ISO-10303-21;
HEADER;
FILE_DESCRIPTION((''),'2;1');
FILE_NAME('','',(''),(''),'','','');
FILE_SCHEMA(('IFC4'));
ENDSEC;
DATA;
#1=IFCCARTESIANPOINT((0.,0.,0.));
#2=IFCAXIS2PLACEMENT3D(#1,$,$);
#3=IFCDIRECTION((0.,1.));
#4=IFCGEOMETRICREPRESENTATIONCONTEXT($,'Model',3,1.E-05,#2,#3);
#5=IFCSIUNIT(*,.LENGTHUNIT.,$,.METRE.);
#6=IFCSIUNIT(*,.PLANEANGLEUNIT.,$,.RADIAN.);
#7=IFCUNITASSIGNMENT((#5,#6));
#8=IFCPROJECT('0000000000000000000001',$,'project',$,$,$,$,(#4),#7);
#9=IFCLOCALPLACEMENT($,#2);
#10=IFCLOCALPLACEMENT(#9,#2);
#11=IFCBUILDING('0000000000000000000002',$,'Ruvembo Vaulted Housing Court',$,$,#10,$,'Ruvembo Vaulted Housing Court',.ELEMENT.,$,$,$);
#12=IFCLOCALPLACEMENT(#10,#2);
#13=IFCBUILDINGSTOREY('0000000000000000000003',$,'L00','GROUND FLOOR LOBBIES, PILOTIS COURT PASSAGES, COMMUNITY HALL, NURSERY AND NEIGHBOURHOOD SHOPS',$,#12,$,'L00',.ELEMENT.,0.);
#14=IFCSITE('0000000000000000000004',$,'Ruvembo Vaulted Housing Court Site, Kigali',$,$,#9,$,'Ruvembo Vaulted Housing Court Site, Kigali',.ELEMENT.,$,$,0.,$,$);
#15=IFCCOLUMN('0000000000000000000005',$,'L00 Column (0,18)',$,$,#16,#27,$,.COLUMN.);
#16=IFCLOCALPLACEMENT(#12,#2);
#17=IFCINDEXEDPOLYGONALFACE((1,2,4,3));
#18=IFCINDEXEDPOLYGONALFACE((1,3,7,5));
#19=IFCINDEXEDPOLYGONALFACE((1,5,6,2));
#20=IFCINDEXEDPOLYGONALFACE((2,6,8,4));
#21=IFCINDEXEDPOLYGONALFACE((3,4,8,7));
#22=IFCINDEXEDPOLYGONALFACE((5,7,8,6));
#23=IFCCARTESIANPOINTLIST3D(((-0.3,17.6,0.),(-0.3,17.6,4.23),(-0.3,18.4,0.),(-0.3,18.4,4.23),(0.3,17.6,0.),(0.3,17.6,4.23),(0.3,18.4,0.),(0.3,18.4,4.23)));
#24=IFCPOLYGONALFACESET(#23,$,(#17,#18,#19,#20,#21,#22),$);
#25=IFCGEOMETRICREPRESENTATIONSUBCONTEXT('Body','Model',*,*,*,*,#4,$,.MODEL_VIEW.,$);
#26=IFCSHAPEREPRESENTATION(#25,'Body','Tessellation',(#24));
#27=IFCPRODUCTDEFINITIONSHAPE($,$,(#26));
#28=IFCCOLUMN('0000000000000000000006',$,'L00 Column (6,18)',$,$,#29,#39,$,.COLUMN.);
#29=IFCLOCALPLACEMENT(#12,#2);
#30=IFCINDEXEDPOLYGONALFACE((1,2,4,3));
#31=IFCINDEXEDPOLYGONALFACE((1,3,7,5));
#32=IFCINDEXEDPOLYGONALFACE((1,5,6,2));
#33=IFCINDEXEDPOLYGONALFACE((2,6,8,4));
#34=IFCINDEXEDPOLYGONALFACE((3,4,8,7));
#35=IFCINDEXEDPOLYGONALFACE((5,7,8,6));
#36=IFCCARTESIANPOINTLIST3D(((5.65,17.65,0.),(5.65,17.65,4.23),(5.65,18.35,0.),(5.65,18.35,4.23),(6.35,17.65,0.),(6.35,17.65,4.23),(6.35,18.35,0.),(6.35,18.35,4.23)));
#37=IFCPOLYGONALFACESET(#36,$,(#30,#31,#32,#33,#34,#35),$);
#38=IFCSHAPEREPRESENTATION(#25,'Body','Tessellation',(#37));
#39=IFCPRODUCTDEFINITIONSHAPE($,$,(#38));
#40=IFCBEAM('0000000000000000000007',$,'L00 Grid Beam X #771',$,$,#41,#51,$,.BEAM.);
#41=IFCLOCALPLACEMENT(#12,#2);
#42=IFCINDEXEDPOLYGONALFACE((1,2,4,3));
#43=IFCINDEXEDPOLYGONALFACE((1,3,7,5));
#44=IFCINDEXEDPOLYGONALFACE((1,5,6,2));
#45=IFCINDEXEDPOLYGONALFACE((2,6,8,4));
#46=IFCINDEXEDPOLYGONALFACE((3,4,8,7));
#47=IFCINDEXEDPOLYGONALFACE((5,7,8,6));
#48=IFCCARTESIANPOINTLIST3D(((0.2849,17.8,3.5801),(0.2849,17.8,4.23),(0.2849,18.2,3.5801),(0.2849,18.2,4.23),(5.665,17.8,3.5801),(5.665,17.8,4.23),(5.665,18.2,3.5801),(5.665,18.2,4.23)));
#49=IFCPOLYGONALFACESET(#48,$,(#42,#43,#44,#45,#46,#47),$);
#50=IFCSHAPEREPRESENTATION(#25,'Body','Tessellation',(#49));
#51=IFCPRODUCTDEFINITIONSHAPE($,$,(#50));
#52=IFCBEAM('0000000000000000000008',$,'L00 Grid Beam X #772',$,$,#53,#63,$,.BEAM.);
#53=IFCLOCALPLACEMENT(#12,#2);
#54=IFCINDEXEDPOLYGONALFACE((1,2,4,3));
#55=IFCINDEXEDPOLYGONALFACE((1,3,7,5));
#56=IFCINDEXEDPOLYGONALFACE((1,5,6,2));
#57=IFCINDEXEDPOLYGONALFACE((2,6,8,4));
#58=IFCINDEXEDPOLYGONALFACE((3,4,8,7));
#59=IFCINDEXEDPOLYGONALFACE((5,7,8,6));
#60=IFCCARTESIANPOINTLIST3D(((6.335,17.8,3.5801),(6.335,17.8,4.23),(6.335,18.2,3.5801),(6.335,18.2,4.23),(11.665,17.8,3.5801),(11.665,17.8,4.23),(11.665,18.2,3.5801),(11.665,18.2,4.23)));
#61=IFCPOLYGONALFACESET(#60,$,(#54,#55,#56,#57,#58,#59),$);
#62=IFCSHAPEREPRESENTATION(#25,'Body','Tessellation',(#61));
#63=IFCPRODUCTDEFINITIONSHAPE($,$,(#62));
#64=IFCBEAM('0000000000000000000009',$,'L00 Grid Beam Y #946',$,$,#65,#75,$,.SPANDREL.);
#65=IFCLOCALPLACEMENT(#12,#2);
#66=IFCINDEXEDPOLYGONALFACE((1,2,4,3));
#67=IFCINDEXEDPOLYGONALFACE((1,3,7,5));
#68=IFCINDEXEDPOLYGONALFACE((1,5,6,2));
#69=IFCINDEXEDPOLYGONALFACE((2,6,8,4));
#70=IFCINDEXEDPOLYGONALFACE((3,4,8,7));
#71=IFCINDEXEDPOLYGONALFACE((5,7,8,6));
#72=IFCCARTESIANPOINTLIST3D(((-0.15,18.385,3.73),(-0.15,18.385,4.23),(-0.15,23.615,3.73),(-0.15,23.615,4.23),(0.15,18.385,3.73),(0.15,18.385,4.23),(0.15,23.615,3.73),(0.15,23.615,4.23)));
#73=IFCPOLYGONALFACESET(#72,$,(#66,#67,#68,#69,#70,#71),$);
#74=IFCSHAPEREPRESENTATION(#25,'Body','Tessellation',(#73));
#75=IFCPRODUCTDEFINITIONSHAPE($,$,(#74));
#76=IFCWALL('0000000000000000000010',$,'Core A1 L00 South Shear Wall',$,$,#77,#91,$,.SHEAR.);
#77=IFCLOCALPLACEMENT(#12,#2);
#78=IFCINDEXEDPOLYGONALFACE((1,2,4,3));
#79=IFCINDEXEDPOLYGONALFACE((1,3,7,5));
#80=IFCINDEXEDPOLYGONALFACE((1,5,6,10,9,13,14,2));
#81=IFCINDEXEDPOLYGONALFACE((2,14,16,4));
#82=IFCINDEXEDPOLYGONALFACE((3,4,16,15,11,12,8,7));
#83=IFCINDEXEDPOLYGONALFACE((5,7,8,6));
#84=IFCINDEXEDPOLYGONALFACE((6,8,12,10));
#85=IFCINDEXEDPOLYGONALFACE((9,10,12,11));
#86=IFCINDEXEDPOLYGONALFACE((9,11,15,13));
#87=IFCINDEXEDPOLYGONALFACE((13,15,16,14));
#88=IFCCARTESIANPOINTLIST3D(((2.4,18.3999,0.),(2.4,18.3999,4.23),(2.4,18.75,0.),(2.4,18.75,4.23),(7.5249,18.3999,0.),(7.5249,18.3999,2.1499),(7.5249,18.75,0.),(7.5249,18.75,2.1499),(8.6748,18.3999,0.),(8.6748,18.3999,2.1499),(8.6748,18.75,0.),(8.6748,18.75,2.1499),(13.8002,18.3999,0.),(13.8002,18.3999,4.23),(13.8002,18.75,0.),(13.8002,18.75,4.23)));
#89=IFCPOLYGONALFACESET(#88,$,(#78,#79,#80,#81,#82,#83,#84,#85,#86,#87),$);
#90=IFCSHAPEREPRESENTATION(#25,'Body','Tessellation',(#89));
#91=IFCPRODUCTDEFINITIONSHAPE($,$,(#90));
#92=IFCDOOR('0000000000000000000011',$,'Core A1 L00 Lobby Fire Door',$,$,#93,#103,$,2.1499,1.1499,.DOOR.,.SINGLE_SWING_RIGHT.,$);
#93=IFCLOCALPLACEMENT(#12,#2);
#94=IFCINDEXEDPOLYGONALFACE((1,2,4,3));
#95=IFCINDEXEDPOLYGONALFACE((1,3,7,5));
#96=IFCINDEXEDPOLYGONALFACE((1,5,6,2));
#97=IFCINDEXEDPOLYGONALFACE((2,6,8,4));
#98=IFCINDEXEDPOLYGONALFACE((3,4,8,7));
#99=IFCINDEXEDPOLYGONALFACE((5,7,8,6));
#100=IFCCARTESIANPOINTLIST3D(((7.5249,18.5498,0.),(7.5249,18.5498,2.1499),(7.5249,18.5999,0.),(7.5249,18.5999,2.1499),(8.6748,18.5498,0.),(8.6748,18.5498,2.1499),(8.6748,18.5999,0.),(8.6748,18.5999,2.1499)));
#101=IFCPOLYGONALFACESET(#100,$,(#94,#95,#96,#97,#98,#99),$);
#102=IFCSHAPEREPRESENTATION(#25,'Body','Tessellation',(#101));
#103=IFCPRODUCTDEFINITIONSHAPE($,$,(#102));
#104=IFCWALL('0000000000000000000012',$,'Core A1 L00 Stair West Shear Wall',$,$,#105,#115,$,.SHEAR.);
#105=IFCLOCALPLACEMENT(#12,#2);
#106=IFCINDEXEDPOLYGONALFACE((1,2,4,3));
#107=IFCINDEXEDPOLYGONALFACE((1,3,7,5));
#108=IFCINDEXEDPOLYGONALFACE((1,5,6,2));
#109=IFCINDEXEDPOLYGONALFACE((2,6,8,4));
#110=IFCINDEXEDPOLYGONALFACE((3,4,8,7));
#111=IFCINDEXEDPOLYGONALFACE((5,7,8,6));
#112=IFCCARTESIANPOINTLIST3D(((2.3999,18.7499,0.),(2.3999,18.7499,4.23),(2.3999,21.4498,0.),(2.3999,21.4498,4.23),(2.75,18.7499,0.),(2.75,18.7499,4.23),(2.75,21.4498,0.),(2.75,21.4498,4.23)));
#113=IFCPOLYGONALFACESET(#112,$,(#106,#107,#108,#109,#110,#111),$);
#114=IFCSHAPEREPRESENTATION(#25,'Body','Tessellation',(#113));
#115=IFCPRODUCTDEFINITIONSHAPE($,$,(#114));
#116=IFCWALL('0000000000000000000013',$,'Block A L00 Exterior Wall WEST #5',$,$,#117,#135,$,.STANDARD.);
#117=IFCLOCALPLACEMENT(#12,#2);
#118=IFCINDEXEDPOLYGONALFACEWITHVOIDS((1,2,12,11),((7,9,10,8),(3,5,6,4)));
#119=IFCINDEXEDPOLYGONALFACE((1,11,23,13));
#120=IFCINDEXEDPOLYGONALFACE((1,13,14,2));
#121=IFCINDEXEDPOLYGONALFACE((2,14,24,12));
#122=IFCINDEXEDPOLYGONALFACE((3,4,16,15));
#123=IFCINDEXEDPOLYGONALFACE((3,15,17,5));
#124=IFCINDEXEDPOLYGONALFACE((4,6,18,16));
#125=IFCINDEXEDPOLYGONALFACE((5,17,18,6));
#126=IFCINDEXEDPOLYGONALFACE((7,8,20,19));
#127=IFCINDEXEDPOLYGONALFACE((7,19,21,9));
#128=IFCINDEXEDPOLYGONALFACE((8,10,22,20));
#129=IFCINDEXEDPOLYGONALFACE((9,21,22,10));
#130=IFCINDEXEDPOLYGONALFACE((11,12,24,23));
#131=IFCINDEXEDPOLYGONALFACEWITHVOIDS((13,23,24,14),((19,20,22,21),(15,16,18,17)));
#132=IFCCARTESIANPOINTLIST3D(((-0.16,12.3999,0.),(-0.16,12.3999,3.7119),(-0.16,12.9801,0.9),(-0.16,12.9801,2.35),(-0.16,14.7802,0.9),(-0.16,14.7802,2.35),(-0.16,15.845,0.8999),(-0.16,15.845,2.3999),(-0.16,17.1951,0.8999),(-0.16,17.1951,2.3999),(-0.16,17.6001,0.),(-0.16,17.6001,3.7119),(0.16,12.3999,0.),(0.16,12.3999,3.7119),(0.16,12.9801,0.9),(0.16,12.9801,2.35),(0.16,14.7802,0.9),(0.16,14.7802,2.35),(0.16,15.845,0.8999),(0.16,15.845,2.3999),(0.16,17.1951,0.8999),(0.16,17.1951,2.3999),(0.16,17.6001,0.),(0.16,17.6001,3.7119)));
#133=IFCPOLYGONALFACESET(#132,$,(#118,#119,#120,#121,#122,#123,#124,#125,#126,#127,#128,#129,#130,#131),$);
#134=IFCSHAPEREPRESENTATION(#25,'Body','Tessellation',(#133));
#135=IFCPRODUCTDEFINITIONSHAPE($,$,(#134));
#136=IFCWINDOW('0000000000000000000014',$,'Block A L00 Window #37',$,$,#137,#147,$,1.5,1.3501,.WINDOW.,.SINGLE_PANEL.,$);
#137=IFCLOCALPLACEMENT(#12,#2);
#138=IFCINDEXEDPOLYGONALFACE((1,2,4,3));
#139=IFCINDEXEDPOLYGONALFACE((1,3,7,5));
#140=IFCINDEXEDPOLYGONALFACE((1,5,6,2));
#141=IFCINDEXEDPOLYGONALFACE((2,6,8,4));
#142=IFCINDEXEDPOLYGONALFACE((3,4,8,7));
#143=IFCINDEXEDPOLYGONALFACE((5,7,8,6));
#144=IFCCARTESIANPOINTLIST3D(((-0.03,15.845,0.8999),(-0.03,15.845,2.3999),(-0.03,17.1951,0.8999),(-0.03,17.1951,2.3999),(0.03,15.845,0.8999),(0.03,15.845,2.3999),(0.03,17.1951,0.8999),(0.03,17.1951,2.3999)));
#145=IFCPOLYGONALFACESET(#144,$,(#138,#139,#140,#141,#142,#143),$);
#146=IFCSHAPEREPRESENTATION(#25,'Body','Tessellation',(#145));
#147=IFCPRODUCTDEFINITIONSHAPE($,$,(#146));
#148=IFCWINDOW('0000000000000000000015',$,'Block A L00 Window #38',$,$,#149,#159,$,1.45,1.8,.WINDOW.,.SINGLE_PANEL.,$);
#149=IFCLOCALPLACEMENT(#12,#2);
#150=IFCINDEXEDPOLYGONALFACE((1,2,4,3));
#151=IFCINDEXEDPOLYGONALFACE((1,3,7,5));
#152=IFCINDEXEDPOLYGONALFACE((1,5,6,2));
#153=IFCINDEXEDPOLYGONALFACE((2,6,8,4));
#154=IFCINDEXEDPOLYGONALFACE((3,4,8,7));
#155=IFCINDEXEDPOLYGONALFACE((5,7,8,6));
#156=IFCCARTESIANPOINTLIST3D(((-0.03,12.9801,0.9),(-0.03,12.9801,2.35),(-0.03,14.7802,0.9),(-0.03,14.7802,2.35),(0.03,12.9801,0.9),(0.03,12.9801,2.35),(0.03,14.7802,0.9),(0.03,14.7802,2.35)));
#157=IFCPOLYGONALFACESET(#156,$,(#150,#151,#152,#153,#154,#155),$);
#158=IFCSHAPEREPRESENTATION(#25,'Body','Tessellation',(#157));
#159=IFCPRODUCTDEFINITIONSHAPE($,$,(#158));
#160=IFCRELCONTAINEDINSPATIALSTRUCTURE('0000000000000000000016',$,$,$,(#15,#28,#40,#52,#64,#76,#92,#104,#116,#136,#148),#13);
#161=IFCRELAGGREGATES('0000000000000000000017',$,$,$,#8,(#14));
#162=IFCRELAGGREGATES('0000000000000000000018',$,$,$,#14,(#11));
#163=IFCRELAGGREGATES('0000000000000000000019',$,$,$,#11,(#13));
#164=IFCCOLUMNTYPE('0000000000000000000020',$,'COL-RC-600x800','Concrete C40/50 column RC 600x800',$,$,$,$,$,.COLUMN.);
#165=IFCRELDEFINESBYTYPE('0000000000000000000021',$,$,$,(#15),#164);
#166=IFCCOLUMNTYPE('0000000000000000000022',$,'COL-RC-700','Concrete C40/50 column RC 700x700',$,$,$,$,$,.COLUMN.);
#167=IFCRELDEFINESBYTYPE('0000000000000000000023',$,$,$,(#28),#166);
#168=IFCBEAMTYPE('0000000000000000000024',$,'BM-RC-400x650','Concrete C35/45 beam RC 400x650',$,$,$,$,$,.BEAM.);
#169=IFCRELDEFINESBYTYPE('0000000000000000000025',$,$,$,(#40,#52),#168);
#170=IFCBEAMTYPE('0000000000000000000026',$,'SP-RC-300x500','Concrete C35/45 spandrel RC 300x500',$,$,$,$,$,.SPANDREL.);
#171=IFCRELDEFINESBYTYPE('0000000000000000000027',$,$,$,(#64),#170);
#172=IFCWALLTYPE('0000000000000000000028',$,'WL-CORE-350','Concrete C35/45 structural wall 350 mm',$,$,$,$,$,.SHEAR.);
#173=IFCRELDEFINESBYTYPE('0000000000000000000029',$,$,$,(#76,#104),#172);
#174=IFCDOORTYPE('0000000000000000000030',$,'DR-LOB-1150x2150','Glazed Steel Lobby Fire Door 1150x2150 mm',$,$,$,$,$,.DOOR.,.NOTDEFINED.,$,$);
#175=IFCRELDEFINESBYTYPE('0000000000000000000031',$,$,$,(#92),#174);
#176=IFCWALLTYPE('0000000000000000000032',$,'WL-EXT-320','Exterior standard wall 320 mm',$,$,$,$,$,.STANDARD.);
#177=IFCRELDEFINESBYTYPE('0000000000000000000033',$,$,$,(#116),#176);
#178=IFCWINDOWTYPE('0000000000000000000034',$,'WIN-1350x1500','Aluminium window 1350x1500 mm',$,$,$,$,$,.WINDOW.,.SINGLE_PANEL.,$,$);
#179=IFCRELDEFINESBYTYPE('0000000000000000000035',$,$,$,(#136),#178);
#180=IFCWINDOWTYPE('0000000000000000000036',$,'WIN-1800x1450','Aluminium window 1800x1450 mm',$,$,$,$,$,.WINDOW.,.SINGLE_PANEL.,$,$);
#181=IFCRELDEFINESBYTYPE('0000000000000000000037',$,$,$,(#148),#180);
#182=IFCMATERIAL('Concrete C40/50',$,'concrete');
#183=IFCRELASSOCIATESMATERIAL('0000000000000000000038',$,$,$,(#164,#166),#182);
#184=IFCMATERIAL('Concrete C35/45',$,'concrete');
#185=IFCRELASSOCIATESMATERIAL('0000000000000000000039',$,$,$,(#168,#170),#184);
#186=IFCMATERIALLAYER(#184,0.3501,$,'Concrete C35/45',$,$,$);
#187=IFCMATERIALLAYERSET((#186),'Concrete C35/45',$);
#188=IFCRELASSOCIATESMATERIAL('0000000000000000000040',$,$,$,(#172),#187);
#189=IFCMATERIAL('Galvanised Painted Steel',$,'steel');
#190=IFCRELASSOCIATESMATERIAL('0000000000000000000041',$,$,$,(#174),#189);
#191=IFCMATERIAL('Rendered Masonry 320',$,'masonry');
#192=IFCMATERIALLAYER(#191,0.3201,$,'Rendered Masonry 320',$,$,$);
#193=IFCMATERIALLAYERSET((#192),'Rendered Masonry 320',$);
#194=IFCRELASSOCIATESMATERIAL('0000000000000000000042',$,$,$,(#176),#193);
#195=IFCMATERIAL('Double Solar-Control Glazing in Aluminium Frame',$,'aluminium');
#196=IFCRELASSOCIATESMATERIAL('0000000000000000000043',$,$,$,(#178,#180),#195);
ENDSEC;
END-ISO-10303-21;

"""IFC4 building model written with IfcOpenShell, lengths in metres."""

from ifc_helpers import new_model, si_unit, direction, frame, frame_2d, origin, origin_2d, place, context, subcontext, project, spatial, rectangle, extrude, material, layer, layer_set, material_profile, profile_set, type_object, element, fill, save


model = new_model("IFC4")

# Units and contexts
model_context = context("Model", 3, precision=1e-05, world=origin(), true_north=direction((0.0, 1.0)))
body_context = subcontext(model_context, "Body", "Model", "MODEL_VIEW")
ifc_project = project(units=[si_unit("LENGTHUNIT", "METRE"), si_unit("PLANEANGLEUNIT", "RADIAN")], contexts=[model_context])

# Site, building, storey
site_placement = place(None, origin())
site = spatial("IfcSite", under=ifc_project, at=site_placement, Name="Ruvembo Vaulted Housing Court Site, Kigali", LongName="Ruvembo Vaulted Housing Court Site, Kigali", CompositionType="ELEMENT", RefElevation=0.0)
building_placement = place(site_placement, origin())
building = spatial("IfcBuilding", under=site, at=building_placement, Name="Ruvembo Vaulted Housing Court", LongName="Ruvembo Vaulted Housing Court", CompositionType="ELEMENT")
storey_placement = place(building_placement, origin())
storey = spatial("IfcBuildingStorey", under=building, at=storey_placement, Name="L00", Description="GROUND FLOOR LOBBIES, PILOTIS COURT PASSAGES, COMMUNITY HALL, NURSERY AND NEIGHBOURHOOD SHOPS", LongName="L00", CompositionType="ELEMENT", Elevation=0.0)

# Columns
ifc_material_1 = material(Name="Concrete C40/50", Category="concrete")
ifc_material_profile_1 = material_profile(ifc_material_1, rectangle(XDim=0.6001, YDim=0.8, at=origin_2d()), Name="RC 600x800")
ifc_profile_set_1 = profile_set([ifc_material_profile_1], Name="Concrete C40/50")
column_type_1 = type_object("IfcColumnType", Name="COL-RC-600x800", Description="Concrete C40/50 column RC 600x800", PredefinedType="COLUMN", material=ifc_profile_set_1)
column_1_placement = place(storey_placement, frame((0.0, 18.0, 0.0), z_axis=(0.0, 0.0, 1.0), x_axis=(1.0, 0.0, 0.0)))
element("IfcColumn", 1, at=column_1_placement, inside=storey, type_object=column_type_1, Name="L00 Column (0,18)", PredefinedType="COLUMN", context=body_context, shape_type="SweptSolid", body=[
    extrude(rectangle(XDim=0.6001, YDim=0.8, at=origin_2d()), origin(), (0.0, 0.0, 1.0), 4.23),
])
ifc_material_profile_2 = material_profile(ifc_material_1, rectangle(XDim=0.7, YDim=0.7, at=origin_2d()), Name="RC 700x700")
ifc_profile_set_2 = profile_set([ifc_material_profile_2], Name="Concrete C40/50")
column_type_2 = type_object("IfcColumnType", Name="COL-RC-700", Description="Concrete C40/50 column RC 700x700", PredefinedType="COLUMN", material=ifc_profile_set_2)
column_2_placement = place(storey_placement, frame((6.0, 18.0, 0.0), z_axis=(0.0, 0.0, 1.0), x_axis=(1.0, 0.0, 0.0)))
element("IfcColumn", 2, at=column_2_placement, inside=storey, type_object=column_type_2, Name="L00 Column (6,18)", PredefinedType="COLUMN", context=body_context, shape_type="SweptSolid", body=[
    extrude(rectangle(XDim=0.7, YDim=0.7, at=origin_2d()), origin(), (0.0, 0.0, 1.0), 4.23),
])

# Beams
ifc_material_2 = material(Name="Concrete C35/45", Category="concrete")
ifc_material_profile_3 = material_profile(ifc_material_2, rectangle(XDim=0.3999, YDim=0.6499, at=origin_2d()), Name="RC 400x650")
ifc_profile_set_3 = profile_set([ifc_material_profile_3], Name="Concrete C35/45")
beam_type_1 = type_object("IfcBeamType", Name="BM-RC-400x650", Description="Concrete C35/45 beam RC 400x650", PredefinedType="BEAM", material=ifc_profile_set_3)
beam_1_placement = place(storey_placement, frame((0.2849, 18.0, 3.905), z_axis=(1.0, 0.0, 0.0), x_axis=(0.0, 1.0, 0.0)))
element("IfcBeam", 3, at=beam_1_placement, inside=storey, type_object=beam_type_1, Name="L00 Grid Beam X #771", PredefinedType="BEAM", context=body_context, shape_type="SweptSolid", body=[
    extrude(rectangle(XDim=0.3999, YDim=0.6499, at=origin_2d()), origin(), (0.0, 0.0, 1.0), 5.3801),
])
beam_2_placement = place(storey_placement, frame((6.335, 18.0, 3.905), z_axis=(1.0, 0.0, 0.0), x_axis=(0.0, 1.0, 0.0)))
element("IfcBeam", 4, at=beam_2_placement, inside=storey, type_object=beam_type_1, Name="L00 Grid Beam X #772", PredefinedType="BEAM", context=body_context, shape_type="SweptSolid", body=[
    extrude(rectangle(XDim=0.3999, YDim=0.6499, at=origin_2d()), origin(), (0.0, 0.0, 1.0), 5.3301),
])
ifc_material_profile_4 = material_profile(ifc_material_2, rectangle(XDim=0.3, YDim=0.5, at=origin_2d()), Name="RC 300x500")
ifc_profile_set_4 = profile_set([ifc_material_profile_4], Name="Concrete C35/45")
beam_type_2 = type_object("IfcBeamType", Name="SP-RC-300x500", Description="Concrete C35/45 spandrel RC 300x500", PredefinedType="SPANDREL", material=ifc_profile_set_4)
beam_3_placement = place(storey_placement, frame((0.0, 18.385, 3.98), z_axis=(0.0, 1.0, 0.0), x_axis=(-1.0, 0.0, 0.0)))
element("IfcBeam", 5, at=beam_3_placement, inside=storey, type_object=beam_type_2, Name="L00 Grid Beam Y #946", PredefinedType="SPANDREL", context=body_context, shape_type="SweptSolid", body=[
    extrude(rectangle(XDim=0.3, YDim=0.5, at=origin_2d()), origin(), (0.0, 0.0, 1.0), 5.23),
])

# Wall, opening, door
ifc_material_3 = material(Name="Galvanised Painted Steel", Category="steel")
ifc_layer_1 = layer(ifc_material_2, 0.3501, Name="Concrete C35/45")
ifc_layer_set_1 = layer_set([ifc_layer_1], Name="Concrete C35/45")
wall_type_1 = type_object("IfcWallType", Name="WL-CORE-350", Description="Concrete C35/45 structural wall 350 mm", PredefinedType="SHEAR", material=ifc_layer_set_1)
wall_1_placement = place(storey_placement, frame((2.3999, 18.575, 0.0), z_axis=(0.0, 0.0, 1.0), x_axis=(1.0, 0.0, 0.0)))
wall_1 = element("IfcWall", 6, at=wall_1_placement, inside=storey, type_object=wall_type_1, Name="Core A1 L00 South Shear Wall", PredefinedType="SHEAR", context=body_context, shape_type="SweptSolid", body=[
    extrude(rectangle(XDim=11.4001, YDim=0.3501, at=frame_2d((5.7002, 0.0))), origin(), (0.0, 0.0, 1.0), 4.23),
])
opening_1_placement = place(wall_1_placement, frame((5.125, 0.0, 0.0)))
opening_1 = element("IfcOpeningElement", 7, at=opening_1_placement, cuts=wall_1, PredefinedType="OPENING", context=body_context, shape_type="SweptSolid", body=[
    extrude(rectangle(XDim=1.1499, YDim=2.1499, at=frame_2d((0.575, 1.075))), frame((0.0, 0.1851, 0.0), z_axis=(0.0, -1.0, 0.0), x_axis=(1.0, 0.0, 0.0)), (0.0, 0.0, 1.0), 0.3701),
])
door_type_1 = type_object("IfcDoorType", Name="DR-LOB-1150x2150", Description="Glazed Steel Lobby Fire Door 1150x2150 mm", OperationType="NOTDEFINED", PredefinedType="DOOR", material=ifc_material_3)
door_1_placement = place(opening_1_placement, origin())
door_1 = element("IfcDoor", 8, at=door_1_placement, inside=storey, type_object=door_type_1, Name="Core A1 L00 Lobby Fire Door", OperationType="SINGLE_SWING_RIGHT", OverallHeight=2.1499, OverallWidth=1.1499, PredefinedType="DOOR", context=body_context, shape_type="SweptSolid", body=[
    extrude(rectangle(XDim=1.1499, YDim=2.1499, at=frame_2d((0.575, 1.075))), frame((0.0, 0.0249, 0.0), z_axis=(0.0, -1.0, 0.0), x_axis=(1.0, 0.0, 0.0)), (0.0, 0.0, 1.0), 0.05),
])
fill(opening_1, door_1)

# Wall
wall_2_placement = place(storey_placement, frame((2.575, 21.45, 0.0), z_axis=(0.0, 0.0, 1.0), x_axis=(0.0, -1.0, 0.0)))
element("IfcWall", 9, at=wall_2_placement, inside=storey, type_object=wall_type_1, Name="Core A1 L00 Stair West Shear Wall", PredefinedType="SHEAR", context=body_context, shape_type="SweptSolid", body=[
    extrude(rectangle(XDim=2.7, YDim=0.3501, at=frame_2d((1.3501, 0.0))), origin(), (0.0, 0.0, 1.0), 4.23),
])

# Wall, openings, windows
ifc_material_4 = material(Name="Rendered Masonry 320", Category="masonry")
ifc_layer_2 = layer(ifc_material_4, 0.3201, Name="Rendered Masonry 320")
ifc_layer_set_2 = layer_set([ifc_layer_2], Name="Rendered Masonry 320")
wall_type_2 = type_object("IfcWallType", Name="WL-EXT-320", Description="Exterior standard wall 320 mm", PredefinedType="STANDARD", material=ifc_layer_set_2)
wall_3_placement = place(storey_placement, frame((0.0, 17.6001, 0.0), z_axis=(0.0, 0.0, 1.0), x_axis=(0.0, -1.0, 0.0)))
wall_3 = element("IfcWall", 10, at=wall_3_placement, inside=storey, type_object=wall_type_2, Name="Block A L00 Exterior Wall WEST #5", PredefinedType="STANDARD", context=body_context, shape_type="SweptSolid", body=[
    extrude(rectangle(XDim=5.2002, YDim=0.3201, at=frame_2d((2.6001, 0.0))), origin(), (0.0, 0.0, 1.0), 3.7119),
])
opening_2_placement = place(wall_3_placement, frame((0.405, 0.0, 0.8999)))
opening_2 = element("IfcOpeningElement", 11, at=opening_2_placement, cuts=wall_3, PredefinedType="OPENING", context=body_context, shape_type="SweptSolid", body=[
    extrude(rectangle(XDim=1.3501, YDim=1.5, at=frame_2d((0.675, 0.75))), frame((0.0, 0.1699, 0.0), z_axis=(0.0, -1.0, 0.0), x_axis=(1.0, 0.0, 0.0)), (0.0, 0.0, 1.0), 0.3401),
])
opening_3_placement = place(wall_3_placement, frame((2.8201, 0.0, 0.8999)))
opening_3 = element("IfcOpeningElement", 12, at=opening_3_placement, cuts=wall_3, PredefinedType="OPENING", context=body_context, shape_type="SweptSolid", body=[
    extrude(rectangle(XDim=1.8, YDim=1.45, at=frame_2d((0.8999, 0.7251))), frame((0.0, 0.1699, 0.0), z_axis=(0.0, -1.0, 0.0), x_axis=(1.0, 0.0, 0.0)), (0.0, 0.0, 1.0), 0.3401),
])
ifc_material_5 = material(Name="Double Solar-Control Glazing in Aluminium Frame", Category="aluminium")
window_type_1 = type_object("IfcWindowType", Name="WIN-1350x1500", Description="Aluminium window 1350x1500 mm", PartitioningType="SINGLE_PANEL", PredefinedType="WINDOW", material=ifc_material_5)
window_1_placement = place(opening_2_placement, origin())
window_1 = element("IfcWindow", 13, at=window_1_placement, inside=storey, type_object=window_type_1, Name="Block A L00 Window #37", OverallHeight=1.5, OverallWidth=1.3501, PartitioningType="SINGLE_PANEL", PredefinedType="WINDOW", context=body_context, shape_type="SweptSolid", body=[
    extrude(rectangle(XDim=1.3501, YDim=1.5, at=frame_2d((0.675, 0.75))), frame((0.0, 0.03, 0.0), z_axis=(0.0, -1.0, 0.0), x_axis=(1.0, 0.0, 0.0)), (0.0, 0.0, 1.0), 0.0601),
])
fill(opening_2, window_1)
window_type_2 = type_object("IfcWindowType", Name="WIN-1800x1450", Description="Aluminium window 1800x1450 mm", PartitioningType="SINGLE_PANEL", PredefinedType="WINDOW", material=ifc_material_5)
window_2_placement = place(opening_3_placement, origin())
window_2 = element("IfcWindow", 14, at=window_2_placement, inside=storey, type_object=window_type_2, Name="Block A L00 Window #38", OverallHeight=1.45, OverallWidth=1.8, PartitioningType="SINGLE_PANEL", PredefinedType="WINDOW", context=body_context, shape_type="SweptSolid", body=[
    extrude(rectangle(XDim=1.8, YDim=1.45, at=frame_2d((0.8999, 0.7251))), frame((0.0, 0.03, 0.0), z_axis=(0.0, -1.0, 0.0), x_axis=(1.0, 0.0, 0.0)), (0.0, 0.0, 1.0), 0.0601),
])
fill(opening_3, window_2)

save(model, "model.ifc")
